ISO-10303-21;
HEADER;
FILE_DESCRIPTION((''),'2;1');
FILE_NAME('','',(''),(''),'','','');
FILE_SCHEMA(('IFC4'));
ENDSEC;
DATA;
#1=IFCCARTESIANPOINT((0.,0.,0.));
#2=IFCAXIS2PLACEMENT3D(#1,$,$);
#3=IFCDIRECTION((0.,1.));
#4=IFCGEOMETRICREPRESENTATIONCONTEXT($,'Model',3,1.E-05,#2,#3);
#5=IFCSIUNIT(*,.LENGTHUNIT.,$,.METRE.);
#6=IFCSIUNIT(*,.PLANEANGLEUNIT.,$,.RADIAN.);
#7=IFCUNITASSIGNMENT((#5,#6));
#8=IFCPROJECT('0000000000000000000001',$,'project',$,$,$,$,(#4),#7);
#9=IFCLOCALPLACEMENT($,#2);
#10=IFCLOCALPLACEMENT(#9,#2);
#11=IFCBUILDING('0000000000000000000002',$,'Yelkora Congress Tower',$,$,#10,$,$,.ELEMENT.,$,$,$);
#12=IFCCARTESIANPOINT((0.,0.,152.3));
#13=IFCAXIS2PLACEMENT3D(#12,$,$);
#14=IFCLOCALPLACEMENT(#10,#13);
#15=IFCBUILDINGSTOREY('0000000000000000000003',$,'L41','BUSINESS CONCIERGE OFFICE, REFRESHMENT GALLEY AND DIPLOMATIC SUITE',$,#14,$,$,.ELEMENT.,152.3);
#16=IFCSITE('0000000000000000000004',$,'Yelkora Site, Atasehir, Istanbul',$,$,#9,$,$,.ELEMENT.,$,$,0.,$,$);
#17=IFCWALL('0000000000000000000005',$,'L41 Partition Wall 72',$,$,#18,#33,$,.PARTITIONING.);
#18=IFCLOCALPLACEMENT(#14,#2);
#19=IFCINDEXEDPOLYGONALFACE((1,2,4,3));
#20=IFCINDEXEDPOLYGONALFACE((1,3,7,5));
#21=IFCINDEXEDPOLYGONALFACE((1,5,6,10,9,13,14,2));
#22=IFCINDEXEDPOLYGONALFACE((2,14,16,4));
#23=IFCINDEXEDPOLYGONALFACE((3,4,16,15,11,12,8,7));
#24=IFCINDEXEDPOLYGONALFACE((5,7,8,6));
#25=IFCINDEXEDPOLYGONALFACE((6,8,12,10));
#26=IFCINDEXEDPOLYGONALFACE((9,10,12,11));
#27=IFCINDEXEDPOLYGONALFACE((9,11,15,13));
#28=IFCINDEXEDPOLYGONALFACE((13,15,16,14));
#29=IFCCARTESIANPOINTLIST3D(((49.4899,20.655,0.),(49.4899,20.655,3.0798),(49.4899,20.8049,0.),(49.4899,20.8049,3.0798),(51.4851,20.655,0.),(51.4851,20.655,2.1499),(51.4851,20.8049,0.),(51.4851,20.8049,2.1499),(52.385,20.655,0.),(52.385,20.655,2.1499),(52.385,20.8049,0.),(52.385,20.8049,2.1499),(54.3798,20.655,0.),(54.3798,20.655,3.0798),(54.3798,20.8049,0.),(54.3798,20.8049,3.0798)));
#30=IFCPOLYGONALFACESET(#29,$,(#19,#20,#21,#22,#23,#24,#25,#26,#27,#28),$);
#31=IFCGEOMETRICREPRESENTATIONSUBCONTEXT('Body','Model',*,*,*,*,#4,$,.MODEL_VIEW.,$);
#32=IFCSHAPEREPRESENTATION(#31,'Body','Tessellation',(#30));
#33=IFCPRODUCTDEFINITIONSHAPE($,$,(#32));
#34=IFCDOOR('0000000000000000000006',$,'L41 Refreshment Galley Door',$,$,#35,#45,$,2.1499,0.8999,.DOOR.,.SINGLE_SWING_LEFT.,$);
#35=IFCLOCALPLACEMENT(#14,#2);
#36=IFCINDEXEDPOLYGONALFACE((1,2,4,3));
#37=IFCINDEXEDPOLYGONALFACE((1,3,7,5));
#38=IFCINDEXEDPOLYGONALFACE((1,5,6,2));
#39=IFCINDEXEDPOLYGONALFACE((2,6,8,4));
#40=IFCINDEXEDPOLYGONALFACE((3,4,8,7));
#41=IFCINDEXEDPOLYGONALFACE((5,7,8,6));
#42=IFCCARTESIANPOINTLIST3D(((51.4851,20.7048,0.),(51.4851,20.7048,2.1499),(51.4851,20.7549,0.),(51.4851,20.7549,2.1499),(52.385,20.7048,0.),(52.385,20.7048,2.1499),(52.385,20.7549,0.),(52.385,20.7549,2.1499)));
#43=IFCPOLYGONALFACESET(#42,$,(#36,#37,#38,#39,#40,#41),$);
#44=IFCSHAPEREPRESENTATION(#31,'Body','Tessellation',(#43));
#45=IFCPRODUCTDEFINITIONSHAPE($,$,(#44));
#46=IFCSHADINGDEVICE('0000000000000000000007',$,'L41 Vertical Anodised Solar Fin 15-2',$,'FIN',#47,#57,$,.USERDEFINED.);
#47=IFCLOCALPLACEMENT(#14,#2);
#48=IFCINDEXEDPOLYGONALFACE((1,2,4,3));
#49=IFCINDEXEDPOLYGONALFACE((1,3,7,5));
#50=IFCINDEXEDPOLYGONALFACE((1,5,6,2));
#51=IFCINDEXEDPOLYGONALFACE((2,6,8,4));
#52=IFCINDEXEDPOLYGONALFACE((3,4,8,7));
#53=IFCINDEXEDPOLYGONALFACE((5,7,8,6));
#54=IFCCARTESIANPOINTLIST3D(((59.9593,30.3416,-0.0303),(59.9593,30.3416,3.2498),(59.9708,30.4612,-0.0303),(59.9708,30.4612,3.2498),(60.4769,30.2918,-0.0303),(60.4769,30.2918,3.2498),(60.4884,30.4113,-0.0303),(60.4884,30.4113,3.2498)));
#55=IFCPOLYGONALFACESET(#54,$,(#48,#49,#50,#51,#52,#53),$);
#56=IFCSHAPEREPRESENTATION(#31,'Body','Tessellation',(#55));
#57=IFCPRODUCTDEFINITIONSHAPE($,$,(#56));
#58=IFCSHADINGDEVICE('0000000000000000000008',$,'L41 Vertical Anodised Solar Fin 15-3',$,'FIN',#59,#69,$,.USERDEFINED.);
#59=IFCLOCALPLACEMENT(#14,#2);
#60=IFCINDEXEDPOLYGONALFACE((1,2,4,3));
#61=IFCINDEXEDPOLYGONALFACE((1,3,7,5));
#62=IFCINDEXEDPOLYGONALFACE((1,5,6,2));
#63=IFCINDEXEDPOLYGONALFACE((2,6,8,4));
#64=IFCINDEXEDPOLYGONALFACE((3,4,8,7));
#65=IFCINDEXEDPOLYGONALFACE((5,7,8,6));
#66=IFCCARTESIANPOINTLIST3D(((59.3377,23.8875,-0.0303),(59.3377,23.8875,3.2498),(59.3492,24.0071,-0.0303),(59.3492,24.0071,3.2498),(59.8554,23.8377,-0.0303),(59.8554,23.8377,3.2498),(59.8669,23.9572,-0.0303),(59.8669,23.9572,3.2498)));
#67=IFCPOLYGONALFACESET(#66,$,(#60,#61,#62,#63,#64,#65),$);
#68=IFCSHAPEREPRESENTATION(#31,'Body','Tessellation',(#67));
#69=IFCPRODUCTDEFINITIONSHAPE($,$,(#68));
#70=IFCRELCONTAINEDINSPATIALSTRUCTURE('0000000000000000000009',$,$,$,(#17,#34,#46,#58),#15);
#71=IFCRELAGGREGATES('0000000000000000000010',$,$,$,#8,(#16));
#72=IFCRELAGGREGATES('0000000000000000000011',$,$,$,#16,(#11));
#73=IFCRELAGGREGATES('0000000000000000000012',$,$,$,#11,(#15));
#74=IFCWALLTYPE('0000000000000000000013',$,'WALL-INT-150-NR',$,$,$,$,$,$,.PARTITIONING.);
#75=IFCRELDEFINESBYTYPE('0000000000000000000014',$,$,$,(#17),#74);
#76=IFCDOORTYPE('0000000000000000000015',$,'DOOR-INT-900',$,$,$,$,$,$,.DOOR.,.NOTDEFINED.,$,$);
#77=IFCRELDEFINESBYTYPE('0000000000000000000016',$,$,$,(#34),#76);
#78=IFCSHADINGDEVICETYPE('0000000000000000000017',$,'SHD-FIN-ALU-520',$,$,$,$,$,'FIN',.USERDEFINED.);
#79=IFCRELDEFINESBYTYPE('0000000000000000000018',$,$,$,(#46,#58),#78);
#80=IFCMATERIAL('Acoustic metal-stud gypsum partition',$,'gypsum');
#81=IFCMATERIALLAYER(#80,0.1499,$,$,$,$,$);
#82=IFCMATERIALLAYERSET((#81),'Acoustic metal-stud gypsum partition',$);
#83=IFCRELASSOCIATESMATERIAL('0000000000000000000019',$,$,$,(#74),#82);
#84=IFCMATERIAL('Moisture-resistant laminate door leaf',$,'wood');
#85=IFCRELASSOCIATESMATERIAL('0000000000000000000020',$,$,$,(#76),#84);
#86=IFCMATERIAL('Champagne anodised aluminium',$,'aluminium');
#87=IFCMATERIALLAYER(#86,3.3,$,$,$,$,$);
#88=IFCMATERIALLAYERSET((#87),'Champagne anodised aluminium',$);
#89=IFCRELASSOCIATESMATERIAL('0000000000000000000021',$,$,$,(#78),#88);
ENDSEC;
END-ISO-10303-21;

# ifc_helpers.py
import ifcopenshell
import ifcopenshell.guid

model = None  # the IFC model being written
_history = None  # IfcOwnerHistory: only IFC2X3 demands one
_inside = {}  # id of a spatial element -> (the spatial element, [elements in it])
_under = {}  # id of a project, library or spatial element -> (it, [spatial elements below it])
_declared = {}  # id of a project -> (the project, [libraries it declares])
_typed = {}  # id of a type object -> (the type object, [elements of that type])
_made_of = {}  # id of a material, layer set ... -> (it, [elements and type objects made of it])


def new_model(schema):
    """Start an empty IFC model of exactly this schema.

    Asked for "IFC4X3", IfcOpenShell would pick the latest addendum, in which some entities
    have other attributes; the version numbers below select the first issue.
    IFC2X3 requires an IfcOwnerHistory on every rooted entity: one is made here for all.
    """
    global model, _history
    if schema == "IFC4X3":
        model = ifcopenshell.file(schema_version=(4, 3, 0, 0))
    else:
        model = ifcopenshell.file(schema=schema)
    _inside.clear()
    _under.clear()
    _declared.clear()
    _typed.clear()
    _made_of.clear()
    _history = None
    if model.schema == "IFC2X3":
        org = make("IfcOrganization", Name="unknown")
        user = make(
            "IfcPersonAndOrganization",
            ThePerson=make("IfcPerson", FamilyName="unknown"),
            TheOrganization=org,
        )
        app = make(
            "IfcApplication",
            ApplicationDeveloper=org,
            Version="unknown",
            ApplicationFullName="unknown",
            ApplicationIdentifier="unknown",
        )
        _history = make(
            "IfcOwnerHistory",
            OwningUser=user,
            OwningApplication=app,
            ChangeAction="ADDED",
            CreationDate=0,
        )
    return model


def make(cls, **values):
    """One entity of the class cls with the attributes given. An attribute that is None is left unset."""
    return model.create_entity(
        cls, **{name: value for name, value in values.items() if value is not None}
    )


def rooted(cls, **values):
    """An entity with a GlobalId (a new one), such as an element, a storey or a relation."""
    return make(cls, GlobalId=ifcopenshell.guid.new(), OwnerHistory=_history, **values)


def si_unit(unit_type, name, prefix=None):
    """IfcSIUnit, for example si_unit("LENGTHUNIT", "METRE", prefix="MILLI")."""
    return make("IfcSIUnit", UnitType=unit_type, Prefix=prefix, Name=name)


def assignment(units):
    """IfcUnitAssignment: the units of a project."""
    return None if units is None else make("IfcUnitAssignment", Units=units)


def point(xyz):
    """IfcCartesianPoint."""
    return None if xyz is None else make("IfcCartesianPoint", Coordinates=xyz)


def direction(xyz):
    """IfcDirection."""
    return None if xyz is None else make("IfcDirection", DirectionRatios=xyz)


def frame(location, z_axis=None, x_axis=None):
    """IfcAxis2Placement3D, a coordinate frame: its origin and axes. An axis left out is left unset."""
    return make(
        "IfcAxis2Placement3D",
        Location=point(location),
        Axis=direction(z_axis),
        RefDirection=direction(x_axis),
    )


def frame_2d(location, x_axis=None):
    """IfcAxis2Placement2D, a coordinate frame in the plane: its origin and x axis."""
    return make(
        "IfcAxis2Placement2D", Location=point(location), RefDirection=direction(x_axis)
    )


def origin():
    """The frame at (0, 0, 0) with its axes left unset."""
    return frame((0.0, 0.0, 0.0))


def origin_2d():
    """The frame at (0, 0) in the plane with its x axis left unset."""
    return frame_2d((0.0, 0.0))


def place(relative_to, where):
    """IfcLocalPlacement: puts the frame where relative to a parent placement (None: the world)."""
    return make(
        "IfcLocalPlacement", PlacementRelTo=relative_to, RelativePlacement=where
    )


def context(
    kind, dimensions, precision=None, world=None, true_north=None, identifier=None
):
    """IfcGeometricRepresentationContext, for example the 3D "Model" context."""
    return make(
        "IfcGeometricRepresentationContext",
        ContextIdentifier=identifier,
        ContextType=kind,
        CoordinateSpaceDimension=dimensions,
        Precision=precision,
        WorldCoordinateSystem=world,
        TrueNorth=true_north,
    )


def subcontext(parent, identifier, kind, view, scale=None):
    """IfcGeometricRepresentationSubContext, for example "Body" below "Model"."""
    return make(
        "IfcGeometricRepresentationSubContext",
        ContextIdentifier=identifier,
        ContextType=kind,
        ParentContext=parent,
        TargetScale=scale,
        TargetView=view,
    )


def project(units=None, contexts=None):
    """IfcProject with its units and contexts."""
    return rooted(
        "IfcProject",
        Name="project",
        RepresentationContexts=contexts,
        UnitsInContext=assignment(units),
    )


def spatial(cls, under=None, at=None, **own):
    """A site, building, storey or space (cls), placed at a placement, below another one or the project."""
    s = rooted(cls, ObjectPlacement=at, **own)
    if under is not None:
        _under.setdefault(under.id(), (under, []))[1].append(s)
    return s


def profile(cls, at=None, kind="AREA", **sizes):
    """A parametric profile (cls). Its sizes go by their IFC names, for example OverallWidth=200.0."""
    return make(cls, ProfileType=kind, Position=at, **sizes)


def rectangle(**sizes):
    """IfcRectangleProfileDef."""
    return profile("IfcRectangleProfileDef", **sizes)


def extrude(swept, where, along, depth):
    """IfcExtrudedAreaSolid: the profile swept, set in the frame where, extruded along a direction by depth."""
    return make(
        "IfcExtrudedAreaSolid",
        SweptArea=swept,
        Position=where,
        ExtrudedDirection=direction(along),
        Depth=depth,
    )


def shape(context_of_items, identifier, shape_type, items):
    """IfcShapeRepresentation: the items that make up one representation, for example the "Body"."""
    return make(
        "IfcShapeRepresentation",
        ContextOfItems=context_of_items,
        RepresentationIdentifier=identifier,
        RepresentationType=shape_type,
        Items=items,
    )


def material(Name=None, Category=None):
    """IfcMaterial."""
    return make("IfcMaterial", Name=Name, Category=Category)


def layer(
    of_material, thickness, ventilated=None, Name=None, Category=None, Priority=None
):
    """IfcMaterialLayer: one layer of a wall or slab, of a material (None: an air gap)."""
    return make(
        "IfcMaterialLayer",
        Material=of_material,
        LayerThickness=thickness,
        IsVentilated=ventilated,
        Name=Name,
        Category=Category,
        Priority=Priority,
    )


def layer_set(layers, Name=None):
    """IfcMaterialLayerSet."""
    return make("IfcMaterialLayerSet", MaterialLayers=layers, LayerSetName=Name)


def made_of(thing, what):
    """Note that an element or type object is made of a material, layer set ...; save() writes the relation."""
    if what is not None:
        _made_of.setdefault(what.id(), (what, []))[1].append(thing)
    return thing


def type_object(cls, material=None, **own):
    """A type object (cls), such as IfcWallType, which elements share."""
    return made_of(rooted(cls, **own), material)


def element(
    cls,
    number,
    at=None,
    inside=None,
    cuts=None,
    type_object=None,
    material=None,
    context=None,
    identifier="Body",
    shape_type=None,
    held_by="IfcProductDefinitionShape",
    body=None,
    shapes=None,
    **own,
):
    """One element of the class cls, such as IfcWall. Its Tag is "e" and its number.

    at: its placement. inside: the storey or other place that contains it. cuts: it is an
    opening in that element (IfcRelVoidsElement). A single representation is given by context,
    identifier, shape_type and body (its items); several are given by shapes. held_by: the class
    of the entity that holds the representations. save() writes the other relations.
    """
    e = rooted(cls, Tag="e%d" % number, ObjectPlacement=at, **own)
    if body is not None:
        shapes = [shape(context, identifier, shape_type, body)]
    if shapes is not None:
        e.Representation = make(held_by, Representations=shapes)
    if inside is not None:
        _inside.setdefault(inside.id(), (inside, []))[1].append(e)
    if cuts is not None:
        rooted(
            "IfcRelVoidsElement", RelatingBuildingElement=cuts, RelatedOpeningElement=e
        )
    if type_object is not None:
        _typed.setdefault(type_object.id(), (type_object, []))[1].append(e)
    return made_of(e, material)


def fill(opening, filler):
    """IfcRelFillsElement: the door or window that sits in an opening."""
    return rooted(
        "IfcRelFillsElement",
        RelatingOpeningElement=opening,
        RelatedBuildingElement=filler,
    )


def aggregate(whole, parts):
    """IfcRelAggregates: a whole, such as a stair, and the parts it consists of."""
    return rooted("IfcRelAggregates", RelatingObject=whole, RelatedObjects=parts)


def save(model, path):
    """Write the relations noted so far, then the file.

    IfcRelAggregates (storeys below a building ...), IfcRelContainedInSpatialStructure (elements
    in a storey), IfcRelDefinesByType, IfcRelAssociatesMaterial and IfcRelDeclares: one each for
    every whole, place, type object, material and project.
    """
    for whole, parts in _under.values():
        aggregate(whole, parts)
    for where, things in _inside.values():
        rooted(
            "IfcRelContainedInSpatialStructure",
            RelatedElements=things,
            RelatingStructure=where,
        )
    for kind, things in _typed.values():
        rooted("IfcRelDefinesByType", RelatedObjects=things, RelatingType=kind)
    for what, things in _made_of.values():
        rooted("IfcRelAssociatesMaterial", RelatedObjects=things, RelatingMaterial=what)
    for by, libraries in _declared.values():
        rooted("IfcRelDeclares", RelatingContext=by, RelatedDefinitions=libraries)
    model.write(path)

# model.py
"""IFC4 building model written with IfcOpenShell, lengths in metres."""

from ifc_helpers import new_model, si_unit, direction, frame, frame_2d, origin, origin_2d, place, context, subcontext, project, spatial, rectangle, extrude, material, layer, layer_set, type_object, element, fill, save


model = new_model("IFC4")

# Units and contexts
model_context = context("Model", 3, precision=1e-05, world=origin(), true_north=direction((0.0, 1.0)))
body_context = subcontext(model_context, "Body", "Model", "MODEL_VIEW")
ifc_project = project(units=[si_unit("LENGTHUNIT", "METRE"), si_unit("PLANEANGLEUNIT", "RADIAN")], contexts=[model_context])

# Site, building, storey
site_placement = place(None, origin())
site = spatial("IfcSite", under=ifc_project, at=site_placement, Name="Yelkora Site, Atasehir, Istanbul", CompositionType="ELEMENT", RefElevation=0.0)
building_placement = place(site_placement, origin())
building = spatial("IfcBuilding", under=site, at=building_placement, Name="Yelkora Congress Tower", CompositionType="ELEMENT")
storey_placement = place(building_placement, frame((0.0, 0.0, 152.3)))
storey = spatial("IfcBuildingStorey", under=building, at=storey_placement, Name="L41", Description="BUSINESS CONCIERGE OFFICE, REFRESHMENT GALLEY AND DIPLOMATIC SUITE", CompositionType="ELEMENT", Elevation=152.3)

# Shared definitions
ifc_material_1 = material(Name="Acoustic metal-stud gypsum partition", Category="gypsum")
ifc_layer_1 = layer(ifc_material_1, 0.1499)
ifc_layer_set_1 = layer_set([ifc_layer_1], Name="Acoustic metal-stud gypsum partition")
wall_type = type_object("IfcWallType", Name="WALL-INT-150-NR", PredefinedType="PARTITIONING", material=ifc_layer_set_1)
ifc_material_2 = material(Name="Moisture-resistant laminate door leaf", Category="wood")
door_type = type_object("IfcDoorType", Name="DOOR-INT-900", OperationType="NOTDEFINED", PredefinedType="DOOR", material=ifc_material_2)

# Wall, opening, door
wall_1_placement = place(storey_placement, frame((49.49, 20.73, 0.0), z_axis=(0.0, 0.0, 1.0), x_axis=(1.0, 0.0, 0.0)))
wall_1 = element("IfcWall", 1, at=wall_1_placement, inside=storey, type_object=wall_type, Name="L41 Partition Wall 72", PredefinedType="PARTITIONING", context=body_context, shape_type="SweptSolid", body=[
    extrude(rectangle(XDim=4.8899, YDim=0.1499, at=frame_2d((2.4448, 0.0))), origin(), (0.0, 0.0, 1.0), 3.0798),
])
opening_1_placement = place(wall_1_placement, frame((1.9951, 0.0, 0.0)))
opening_1 = element("IfcOpeningElement", 2, at=opening_1_placement, cuts=wall_1, PredefinedType="OPENING", context=body_context, shape_type="SweptSolid", body=[
    extrude(rectangle(XDim=0.8999, YDim=2.1499, at=frame_2d((0.45, 1.075))), frame((0.0, 0.085, 0.0), z_axis=(0.0, -1.0, 0.0), x_axis=(1.0, 0.0, 0.0)), (0.0, 0.0, 1.0), 0.1699),
])
door_1_placement = place(opening_1_placement, origin())
door_1 = element("IfcDoor", 3, at=door_1_placement, inside=storey, type_object=door_type, Name="L41 Refreshment Galley Door", OperationType="SINGLE_SWING_LEFT", OverallHeight=2.1499, OverallWidth=0.8999, PredefinedType="DOOR", context=body_context, shape_type="SweptSolid", body=[
    extrude(rectangle(XDim=0.8999, YDim=2.1499, at=frame_2d((0.45, 1.075))), frame((0.0, 0.0249, 0.0), z_axis=(0.0, -1.0, 0.0), x_axis=(1.0, 0.0, 0.0)), (0.0, 0.0, 1.0), 0.05),
])
fill(opening_1, door_1)

# Shading devices
ifc_material_3 = material(Name="Champagne anodised aluminium", Category="aluminium")
ifc_layer_2 = layer(ifc_material_3, 3.3)
ifc_layer_set_2 = layer_set([ifc_layer_2], Name="Champagne anodised aluminium")
shading_device_type = type_object("IfcShadingDeviceType", Name="SHD-FIN-ALU-520", ElementType="FIN", PredefinedType="USERDEFINED", material=ifc_layer_set_2)
for number, where, z_axis, x_axis, name in (
    (4, (60.2239, 30.3765, -0.0303), (0.0, 0.0, 1.0), (-0.095846, -0.995396, 0.0), "L41 Vertical Anodised Solar Fin 15-2"),
    (5, (59.6023, 23.9224, -0.0303), (0.0, 0.0, 1.0), (-0.095846, -0.995396, 0.0), "L41 Vertical Anodised Solar Fin 15-3"),
):
    element("IfcShadingDevice", number, at=place(storey_placement, frame(where, z_axis=z_axis, x_axis=x_axis)), inside=storey, type_object=shading_device_type, Name=name, ObjectType="FIN", PredefinedType="USERDEFINED", context=body_context, shape_type="SweptSolid", body=[
        extrude(rectangle(XDim=0.1201, YDim=0.52, at=origin_2d()), origin(), (0.0, 0.0, 1.0), 3.28),
    ])

save(model, "model.ifc")
